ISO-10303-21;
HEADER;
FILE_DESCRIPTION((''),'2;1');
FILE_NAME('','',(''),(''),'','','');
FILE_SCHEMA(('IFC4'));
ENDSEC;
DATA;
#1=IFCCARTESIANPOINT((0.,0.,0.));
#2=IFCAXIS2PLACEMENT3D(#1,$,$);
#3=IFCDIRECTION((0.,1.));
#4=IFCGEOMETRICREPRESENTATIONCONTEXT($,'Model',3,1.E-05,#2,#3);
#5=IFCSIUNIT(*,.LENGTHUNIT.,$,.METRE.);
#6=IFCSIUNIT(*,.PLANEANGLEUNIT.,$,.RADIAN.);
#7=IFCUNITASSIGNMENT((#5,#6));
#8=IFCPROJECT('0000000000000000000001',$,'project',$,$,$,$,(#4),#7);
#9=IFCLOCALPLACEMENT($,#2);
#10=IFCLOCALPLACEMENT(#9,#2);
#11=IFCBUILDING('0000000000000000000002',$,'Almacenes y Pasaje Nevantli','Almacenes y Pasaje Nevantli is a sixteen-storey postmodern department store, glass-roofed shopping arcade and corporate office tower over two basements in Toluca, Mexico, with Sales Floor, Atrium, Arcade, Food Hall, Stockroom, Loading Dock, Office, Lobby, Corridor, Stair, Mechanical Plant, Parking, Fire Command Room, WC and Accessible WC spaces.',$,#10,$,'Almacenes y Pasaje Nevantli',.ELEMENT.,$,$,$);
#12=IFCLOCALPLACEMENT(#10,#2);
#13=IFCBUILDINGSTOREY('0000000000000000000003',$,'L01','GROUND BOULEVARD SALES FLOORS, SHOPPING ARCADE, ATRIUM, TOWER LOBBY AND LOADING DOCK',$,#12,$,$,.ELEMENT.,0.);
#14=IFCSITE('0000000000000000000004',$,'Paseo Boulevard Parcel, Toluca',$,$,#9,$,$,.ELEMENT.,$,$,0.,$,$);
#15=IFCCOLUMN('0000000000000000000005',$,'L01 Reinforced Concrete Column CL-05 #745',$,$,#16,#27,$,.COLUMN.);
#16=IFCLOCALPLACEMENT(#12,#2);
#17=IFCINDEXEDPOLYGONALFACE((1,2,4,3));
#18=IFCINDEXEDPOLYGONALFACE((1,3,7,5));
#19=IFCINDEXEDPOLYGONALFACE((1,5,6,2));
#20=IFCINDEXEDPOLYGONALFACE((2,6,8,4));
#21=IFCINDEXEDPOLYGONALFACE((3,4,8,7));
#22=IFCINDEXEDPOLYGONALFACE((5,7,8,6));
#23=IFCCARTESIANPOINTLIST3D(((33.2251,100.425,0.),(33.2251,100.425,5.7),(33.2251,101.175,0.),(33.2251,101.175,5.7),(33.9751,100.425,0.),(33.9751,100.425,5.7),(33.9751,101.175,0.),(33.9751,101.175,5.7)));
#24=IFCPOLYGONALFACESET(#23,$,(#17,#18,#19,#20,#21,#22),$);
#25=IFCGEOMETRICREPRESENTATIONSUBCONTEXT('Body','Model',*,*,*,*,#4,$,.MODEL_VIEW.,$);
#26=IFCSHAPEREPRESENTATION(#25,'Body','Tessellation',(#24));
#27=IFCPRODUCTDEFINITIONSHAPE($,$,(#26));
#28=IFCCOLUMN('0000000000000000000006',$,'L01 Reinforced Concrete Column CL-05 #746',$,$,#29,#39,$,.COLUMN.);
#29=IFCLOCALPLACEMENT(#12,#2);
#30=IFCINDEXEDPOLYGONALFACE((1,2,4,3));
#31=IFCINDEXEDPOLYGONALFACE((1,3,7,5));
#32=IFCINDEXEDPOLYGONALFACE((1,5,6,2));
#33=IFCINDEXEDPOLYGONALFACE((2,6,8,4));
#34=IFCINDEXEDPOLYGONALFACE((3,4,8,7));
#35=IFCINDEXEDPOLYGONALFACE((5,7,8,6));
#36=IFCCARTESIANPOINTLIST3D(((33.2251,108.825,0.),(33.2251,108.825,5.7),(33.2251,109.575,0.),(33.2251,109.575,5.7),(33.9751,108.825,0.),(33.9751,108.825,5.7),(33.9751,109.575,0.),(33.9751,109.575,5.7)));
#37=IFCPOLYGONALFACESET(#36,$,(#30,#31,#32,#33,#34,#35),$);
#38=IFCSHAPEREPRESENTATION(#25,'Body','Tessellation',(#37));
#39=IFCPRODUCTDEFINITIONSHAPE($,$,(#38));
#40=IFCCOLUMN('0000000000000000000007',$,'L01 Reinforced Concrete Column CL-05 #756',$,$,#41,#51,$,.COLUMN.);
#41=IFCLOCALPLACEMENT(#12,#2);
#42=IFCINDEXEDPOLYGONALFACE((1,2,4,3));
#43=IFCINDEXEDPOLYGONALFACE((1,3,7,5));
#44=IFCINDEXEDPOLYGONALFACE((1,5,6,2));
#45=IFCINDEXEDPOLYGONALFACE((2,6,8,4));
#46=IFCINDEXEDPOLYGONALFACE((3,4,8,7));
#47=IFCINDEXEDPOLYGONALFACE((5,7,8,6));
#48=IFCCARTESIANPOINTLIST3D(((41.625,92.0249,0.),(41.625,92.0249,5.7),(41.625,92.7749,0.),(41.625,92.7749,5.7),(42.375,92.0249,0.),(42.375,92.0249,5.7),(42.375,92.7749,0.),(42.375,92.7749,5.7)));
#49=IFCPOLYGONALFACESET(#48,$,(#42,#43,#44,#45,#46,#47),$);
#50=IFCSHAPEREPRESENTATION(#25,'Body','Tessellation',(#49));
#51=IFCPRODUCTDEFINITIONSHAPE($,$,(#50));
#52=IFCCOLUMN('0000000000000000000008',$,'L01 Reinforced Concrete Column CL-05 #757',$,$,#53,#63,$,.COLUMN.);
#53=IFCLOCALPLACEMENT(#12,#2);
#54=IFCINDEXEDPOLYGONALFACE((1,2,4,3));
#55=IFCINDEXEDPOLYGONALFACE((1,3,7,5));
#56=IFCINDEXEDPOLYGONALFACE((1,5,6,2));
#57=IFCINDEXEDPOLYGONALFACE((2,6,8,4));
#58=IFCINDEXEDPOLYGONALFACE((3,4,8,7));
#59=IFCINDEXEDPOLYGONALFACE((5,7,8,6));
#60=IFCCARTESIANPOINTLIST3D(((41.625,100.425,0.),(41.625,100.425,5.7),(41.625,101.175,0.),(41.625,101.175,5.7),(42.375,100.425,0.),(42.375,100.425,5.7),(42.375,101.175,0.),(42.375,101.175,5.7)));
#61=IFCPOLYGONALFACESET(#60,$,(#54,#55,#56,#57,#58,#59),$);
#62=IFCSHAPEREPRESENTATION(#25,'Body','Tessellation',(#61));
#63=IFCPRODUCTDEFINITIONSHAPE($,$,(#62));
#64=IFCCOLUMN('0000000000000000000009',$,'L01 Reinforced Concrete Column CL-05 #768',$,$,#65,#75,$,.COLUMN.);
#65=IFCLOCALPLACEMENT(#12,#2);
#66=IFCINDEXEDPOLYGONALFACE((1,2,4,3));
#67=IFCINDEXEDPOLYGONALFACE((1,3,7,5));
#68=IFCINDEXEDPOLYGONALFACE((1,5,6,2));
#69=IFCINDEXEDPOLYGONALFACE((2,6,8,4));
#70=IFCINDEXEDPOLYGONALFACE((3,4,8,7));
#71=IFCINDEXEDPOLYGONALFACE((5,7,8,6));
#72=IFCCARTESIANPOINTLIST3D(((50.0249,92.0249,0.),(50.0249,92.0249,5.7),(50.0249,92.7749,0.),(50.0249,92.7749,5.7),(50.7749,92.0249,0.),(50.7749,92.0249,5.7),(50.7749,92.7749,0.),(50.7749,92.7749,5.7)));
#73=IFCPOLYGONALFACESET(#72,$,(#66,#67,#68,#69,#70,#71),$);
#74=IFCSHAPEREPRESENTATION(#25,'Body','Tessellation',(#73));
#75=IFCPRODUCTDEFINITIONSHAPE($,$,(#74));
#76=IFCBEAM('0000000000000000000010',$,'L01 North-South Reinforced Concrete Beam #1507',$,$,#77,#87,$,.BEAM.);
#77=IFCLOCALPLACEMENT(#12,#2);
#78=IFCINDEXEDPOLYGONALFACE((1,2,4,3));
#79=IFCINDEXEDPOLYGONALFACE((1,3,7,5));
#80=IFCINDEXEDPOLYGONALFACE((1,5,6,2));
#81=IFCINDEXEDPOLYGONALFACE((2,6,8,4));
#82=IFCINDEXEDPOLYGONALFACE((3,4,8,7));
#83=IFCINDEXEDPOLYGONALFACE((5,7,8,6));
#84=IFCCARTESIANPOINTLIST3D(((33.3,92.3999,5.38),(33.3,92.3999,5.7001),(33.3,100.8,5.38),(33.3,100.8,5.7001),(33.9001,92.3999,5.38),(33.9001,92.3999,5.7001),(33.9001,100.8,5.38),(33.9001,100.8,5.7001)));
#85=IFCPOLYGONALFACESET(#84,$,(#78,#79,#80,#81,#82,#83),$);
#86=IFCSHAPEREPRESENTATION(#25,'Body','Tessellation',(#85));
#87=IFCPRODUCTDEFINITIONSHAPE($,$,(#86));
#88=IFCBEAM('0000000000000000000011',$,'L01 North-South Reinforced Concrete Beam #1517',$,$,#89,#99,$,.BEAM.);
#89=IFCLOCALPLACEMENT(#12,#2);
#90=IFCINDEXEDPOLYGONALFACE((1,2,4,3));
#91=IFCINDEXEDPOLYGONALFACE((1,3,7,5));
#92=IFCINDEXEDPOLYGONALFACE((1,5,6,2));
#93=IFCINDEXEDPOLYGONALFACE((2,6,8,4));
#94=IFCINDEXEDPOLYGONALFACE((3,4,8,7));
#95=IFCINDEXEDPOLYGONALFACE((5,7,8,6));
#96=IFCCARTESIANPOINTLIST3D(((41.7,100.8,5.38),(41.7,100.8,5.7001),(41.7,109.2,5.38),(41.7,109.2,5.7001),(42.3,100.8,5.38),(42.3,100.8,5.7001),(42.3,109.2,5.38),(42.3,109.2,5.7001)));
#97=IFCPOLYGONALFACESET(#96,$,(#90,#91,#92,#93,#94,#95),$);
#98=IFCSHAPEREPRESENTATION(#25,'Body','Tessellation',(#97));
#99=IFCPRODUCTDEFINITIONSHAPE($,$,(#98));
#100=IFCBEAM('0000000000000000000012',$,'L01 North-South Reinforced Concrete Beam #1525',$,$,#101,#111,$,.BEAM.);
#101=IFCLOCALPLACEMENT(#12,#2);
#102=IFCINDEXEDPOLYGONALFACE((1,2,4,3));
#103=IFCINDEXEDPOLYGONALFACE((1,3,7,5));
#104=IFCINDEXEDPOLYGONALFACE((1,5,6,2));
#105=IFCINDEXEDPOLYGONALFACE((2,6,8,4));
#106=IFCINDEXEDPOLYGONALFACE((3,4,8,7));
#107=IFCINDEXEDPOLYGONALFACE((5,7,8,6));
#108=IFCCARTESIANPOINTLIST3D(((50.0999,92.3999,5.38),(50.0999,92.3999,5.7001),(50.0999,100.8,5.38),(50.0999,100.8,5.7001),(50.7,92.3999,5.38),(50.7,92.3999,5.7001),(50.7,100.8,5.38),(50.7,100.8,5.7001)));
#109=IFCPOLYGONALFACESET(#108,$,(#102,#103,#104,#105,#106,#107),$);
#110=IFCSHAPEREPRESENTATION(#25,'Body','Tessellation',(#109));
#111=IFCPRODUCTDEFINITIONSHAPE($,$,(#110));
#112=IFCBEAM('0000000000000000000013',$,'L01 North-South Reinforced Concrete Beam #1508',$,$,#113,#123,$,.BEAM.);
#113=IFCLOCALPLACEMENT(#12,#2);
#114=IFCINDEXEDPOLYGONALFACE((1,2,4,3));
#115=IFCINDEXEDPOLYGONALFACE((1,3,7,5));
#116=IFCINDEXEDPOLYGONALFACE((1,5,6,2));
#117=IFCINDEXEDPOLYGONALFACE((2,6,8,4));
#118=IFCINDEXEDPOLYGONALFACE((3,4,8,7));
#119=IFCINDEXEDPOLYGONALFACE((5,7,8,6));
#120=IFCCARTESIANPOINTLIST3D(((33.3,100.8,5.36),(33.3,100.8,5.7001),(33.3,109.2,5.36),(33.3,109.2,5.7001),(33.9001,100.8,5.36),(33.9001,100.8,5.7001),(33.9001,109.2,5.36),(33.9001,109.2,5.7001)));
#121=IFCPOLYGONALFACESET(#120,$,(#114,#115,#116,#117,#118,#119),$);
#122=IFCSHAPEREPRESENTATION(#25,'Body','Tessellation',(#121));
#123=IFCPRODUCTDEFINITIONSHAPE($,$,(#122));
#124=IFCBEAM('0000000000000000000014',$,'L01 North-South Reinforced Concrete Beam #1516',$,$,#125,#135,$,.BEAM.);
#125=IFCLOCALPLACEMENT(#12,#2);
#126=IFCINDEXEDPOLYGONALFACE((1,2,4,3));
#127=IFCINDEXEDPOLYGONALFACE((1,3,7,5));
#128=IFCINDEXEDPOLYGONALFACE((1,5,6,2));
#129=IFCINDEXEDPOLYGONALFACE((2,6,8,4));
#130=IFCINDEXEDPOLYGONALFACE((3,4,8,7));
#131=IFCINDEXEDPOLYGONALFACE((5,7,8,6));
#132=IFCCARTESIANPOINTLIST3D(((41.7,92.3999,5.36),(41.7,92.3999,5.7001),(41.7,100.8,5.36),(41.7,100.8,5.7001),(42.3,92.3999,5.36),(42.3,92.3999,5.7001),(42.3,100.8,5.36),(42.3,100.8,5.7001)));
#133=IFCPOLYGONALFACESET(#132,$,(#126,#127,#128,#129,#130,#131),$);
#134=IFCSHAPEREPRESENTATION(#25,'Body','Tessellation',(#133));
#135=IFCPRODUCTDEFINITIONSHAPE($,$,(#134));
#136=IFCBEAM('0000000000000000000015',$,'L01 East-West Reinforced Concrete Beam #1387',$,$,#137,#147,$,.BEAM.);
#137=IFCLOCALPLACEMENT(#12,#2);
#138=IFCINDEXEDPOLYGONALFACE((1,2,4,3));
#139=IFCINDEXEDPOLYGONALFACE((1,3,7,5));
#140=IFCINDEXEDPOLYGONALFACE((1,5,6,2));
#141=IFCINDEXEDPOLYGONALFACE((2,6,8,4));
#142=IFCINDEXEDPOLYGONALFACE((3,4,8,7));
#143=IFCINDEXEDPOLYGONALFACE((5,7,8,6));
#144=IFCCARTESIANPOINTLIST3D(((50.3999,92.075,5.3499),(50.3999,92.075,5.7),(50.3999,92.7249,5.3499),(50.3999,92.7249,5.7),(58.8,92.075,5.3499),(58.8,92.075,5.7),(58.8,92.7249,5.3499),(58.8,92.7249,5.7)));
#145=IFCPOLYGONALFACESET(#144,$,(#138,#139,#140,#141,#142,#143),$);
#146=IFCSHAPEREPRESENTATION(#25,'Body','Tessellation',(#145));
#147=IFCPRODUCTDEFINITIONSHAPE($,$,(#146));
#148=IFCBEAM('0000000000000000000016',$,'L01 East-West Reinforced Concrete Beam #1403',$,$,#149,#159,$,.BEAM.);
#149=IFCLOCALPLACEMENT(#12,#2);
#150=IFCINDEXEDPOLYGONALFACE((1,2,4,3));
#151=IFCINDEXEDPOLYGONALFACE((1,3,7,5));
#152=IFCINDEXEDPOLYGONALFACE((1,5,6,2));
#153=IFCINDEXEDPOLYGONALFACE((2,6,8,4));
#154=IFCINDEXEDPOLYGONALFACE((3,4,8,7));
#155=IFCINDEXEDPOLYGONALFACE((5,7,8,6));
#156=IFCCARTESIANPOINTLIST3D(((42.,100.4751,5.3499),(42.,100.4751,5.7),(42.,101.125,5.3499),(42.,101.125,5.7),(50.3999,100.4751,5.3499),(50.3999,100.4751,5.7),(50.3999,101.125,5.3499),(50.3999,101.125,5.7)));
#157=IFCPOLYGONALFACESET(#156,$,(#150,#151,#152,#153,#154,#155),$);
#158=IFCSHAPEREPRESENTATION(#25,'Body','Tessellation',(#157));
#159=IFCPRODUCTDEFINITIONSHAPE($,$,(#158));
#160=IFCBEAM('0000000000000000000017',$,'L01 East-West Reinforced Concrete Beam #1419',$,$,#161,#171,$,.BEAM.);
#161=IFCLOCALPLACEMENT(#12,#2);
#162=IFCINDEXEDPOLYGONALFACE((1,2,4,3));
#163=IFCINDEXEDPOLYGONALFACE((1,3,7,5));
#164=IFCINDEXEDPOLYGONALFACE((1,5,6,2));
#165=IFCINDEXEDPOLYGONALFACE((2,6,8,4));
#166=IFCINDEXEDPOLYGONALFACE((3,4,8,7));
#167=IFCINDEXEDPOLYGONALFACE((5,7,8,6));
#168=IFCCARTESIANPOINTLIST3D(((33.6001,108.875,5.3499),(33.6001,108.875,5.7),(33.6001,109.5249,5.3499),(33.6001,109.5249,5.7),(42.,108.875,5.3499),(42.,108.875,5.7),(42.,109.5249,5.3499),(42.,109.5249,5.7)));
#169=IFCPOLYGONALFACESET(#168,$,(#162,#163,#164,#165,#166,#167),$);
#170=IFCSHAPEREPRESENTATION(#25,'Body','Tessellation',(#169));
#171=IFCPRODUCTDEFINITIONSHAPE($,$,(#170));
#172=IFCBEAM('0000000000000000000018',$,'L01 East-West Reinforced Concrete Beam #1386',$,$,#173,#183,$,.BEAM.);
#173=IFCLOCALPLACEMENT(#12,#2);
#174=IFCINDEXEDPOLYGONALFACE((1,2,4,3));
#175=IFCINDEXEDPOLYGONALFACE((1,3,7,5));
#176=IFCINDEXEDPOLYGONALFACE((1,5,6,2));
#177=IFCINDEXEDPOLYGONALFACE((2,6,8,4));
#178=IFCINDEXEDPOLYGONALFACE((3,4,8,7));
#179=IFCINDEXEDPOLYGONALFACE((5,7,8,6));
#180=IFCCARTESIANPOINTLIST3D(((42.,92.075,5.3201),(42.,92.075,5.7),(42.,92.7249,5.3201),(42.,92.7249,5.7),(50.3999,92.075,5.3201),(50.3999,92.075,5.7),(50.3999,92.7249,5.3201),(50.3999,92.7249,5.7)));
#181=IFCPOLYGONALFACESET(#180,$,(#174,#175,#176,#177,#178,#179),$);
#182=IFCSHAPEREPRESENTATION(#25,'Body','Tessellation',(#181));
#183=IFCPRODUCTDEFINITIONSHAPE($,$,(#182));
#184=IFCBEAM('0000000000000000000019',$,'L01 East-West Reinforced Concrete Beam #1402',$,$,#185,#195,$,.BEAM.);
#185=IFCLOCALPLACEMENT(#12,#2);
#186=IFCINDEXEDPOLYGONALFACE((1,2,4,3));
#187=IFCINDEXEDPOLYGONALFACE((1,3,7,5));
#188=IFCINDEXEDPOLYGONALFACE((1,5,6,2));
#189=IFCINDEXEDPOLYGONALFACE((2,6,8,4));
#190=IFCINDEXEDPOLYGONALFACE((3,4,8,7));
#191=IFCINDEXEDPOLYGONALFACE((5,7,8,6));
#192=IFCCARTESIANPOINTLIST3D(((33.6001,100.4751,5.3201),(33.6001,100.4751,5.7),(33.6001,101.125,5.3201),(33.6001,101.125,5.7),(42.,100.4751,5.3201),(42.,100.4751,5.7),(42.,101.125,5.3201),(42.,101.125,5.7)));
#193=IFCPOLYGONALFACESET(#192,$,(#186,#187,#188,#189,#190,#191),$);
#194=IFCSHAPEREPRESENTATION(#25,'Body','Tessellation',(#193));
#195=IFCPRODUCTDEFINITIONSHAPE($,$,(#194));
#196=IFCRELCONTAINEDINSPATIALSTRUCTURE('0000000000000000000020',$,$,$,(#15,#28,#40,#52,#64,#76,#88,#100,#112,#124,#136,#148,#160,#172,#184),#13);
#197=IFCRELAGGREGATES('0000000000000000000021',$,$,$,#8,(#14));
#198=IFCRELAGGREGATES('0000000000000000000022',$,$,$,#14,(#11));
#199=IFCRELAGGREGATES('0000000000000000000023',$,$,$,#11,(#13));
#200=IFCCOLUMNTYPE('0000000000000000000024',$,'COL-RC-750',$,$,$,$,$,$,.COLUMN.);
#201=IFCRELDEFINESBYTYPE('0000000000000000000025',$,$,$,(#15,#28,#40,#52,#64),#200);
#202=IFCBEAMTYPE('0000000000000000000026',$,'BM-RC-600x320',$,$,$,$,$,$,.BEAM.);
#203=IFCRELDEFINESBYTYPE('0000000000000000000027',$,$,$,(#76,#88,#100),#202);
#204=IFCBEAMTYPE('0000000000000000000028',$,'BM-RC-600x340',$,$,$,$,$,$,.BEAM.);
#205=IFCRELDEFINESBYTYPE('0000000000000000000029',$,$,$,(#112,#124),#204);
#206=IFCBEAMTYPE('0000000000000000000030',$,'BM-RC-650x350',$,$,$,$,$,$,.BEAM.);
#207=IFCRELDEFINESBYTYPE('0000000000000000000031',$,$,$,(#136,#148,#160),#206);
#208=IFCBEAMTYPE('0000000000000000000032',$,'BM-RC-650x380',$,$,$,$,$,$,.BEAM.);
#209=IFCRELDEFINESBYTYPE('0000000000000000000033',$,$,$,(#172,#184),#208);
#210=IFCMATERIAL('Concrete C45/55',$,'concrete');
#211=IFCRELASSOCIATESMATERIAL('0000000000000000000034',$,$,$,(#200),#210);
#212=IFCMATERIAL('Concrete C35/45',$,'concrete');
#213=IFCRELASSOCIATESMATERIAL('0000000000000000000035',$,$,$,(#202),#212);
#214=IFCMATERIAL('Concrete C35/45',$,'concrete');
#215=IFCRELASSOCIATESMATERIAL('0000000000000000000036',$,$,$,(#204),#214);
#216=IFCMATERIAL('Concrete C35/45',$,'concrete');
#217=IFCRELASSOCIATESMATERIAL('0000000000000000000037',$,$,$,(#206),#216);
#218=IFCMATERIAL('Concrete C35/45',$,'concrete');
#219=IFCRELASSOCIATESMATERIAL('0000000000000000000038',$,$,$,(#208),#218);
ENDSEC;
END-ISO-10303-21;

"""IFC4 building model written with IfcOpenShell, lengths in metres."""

from ifc_helpers import new_model, si_unit, direction, frame, origin, origin_2d, place, context, subcontext, project, spatial, rectangle, extrude, material, material_profile, profile_set, type_object, element, save


model = new_model("IFC4")

# Units and contexts
model_context = context("Model", 3, precision=1e-05, world=origin(), true_north=direction((0.0, 1.0)))
body_context = subcontext(model_context, "Body", "Model", "MODEL_VIEW")
ifc_project = project(units=[si_unit("LENGTHUNIT", "METRE"), si_unit("PLANEANGLEUNIT", "RADIAN")], contexts=[model_context])

# Site, building, storey
site_placement = place(None, origin())
site = spatial("IfcSite", under=ifc_project, at=site_placement, Name="Paseo Boulevard Parcel, Toluca", CompositionType="ELEMENT", RefElevation=0.0)
building_placement = place(site_placement, origin())
building = spatial("IfcBuilding", under=site, at=building_placement, Name="Almacenes y Pasaje Nevantli", Description="Almacenes y Pasaje Nevantli is a sixteen-storey postmodern department store, glass-roofed shopping arcade and corporate office tower over two basements in Toluca, Mexico, with Sales Floor, Atrium, Arcade, Food Hall, Stockroom, Loading Dock, Office, Lobby, Corridor, Stair, Mechanical Plant, Parking, Fire Command Room, WC and Accessible WC spaces.", LongName="Almacenes y Pasaje Nevantli", CompositionType="ELEMENT")
storey_placement = place(building_placement, origin())
storey = spatial("IfcBuildingStorey", under=building, at=storey_placement, Name="L01", Description="GROUND BOULEVARD SALES FLOORS, SHOPPING ARCADE, ATRIUM, TOWER LOBBY AND LOADING DOCK", CompositionType="ELEMENT", Elevation=0.0)

# Columns
ifc_material_1 = material(Name="Concrete C45/55", Category="concrete")
ifc_material_profile_1 = material_profile(ifc_material_1, rectangle(XDim=0.75, YDim=0.75, at=origin_2d()), Name="RC-COL-750x750")
ifc_profile_set_1 = profile_set([ifc_material_profile_1], Name="Concrete C45/55")
column_type = type_object("IfcColumnType", Name="COL-RC-750", PredefinedType="COLUMN", material=ifc_profile_set_1)
for number, where, z_axis, x_axis, name in (
    (1, (33.6001, 100.8, 0.0), (0.0, 0.0, 1.0), (1.0, 0.0, 0.0), "L01 Reinforced Concrete Column CL-05 #745"),
    (2, (33.6001, 109.2, 0.0), (0.0, 0.0, 1.0), (1.0, 0.0, 0.0), "L01 Reinforced Concrete Column CL-05 #746"),
    (3, (42.0, 92.3999, 0.0), (0.0, 0.0, 1.0), (1.0, 0.0, 0.0), "L01 Reinforced Concrete Column CL-05 #756"),
    (4, (42.0, 100.8, 0.0), (0.0, 0.0, 1.0), (1.0, 0.0, 0.0), "L01 Reinforced Concrete Column CL-05 #757"),
    (5, (50.3999, 92.3999, 0.0), (0.0, 0.0, 1.0), (1.0, 0.0, 0.0), "L01 Reinforced Concrete Column CL-05 #768"),
):
    element("IfcColumn", number, at=place(storey_placement, frame(where, z_axis=z_axis, x_axis=x_axis)), inside=storey, type_object=column_type, Name=name, PredefinedType="COLUMN", context=body_context, shape_type="SweptSolid", body=[
        extrude(rectangle(XDim=0.75, YDim=0.75, at=origin_2d()), origin(), (0.0, 0.0, 1.0), 5.7),
    ])

# Beams
ifc_material_2 = material(Name="Concrete C35/45", Category="concrete")
ifc_material_profile_2 = material_profile(ifc_material_2, rectangle(XDim=0.6001, YDim=0.3201, at=origin_2d()), Name="RC-BM-600x320")
ifc_profile_set_2 = profile_set([ifc_material_profile_2], Name="Concrete C35/45")
beam_type_1 = type_object("IfcBeamType", Name="BM-RC-600x320", PredefinedType="BEAM", material=ifc_profile_set_2)
beam_1_placement = place(storey_placement, frame((33.6001, 92.3999, 5.54), z_axis=(0.0, 1.0, 0.0), x_axis=(-1.0, 0.0, 0.0)))
element("IfcBeam", 6, at=beam_1_placement, inside=storey, type_object=beam_type_1, Name="L01 North-South Reinforced Concrete Beam #1507", PredefinedType="BEAM", context=body_context, shape_type="SweptSolid", body=[
    extrude(rectangle(XDim=0.6001, YDim=0.3201, at=origin_2d()), origin(), (0.0, 0.0, 1.0), 8.4001),
])
beam_2_placement = place(storey_placement, frame((42.0, 100.8, 5.54), z_axis=(0.0, 1.0, 0.0), x_axis=(-1.0, 0.0, 0.0)))
element("IfcBeam", 7, at=beam_2_placement, inside=storey, type_object=beam_type_1, Name="L01 North-South Reinforced Concrete Beam #1517", PredefinedType="BEAM", context=body_context, shape_type="SweptSolid", body=[
    extrude(rectangle(XDim=0.6001, YDim=0.3201, at=origin_2d()), origin(), (0.0, 0.0, 1.0), 8.3999),
])
beam_3_placement = place(storey_placement, frame((50.3999, 92.3999, 5.54), z_axis=(0.0, 1.0, 0.0), x_axis=(-1.0, 0.0, 0.0)))
element("IfcBeam", 8, at=beam_3_placement, inside=storey, type_object=beam_type_1, Name="L01 North-South Reinforced Concrete Beam #1525", PredefinedType="BEAM", context=body_context, shape_type="SweptSolid", body=[
    extrude(rectangle(XDim=0.6001, YDim=0.3201, at=origin_2d()), origin(), (0.0, 0.0, 1.0), 8.4001),
])
ifc_material_3 = material(Name="Concrete C35/45", Category="concrete")
ifc_material_profile_3 = material_profile(ifc_material_3, rectangle(XDim=0.6001, YDim=0.3401, at=origin_2d()), Name="RC-BM-600x340")
ifc_profile_set_3 = profile_set([ifc_material_profile_3], Name="Concrete C35/45")
beam_type_2 = type_object("IfcBeamType", Name="BM-RC-600x340", PredefinedType="BEAM", material=ifc_profile_set_3)
beam_4_placement = place(storey_placement, frame((33.6001, 100.8, 5.53), z_axis=(0.0, 1.0, 0.0), x_axis=(-1.0, 0.0, 0.0)))
element("IfcBeam", 9, at=beam_4_placement, inside=storey, type_object=beam_type_2, Name="L01 North-South Reinforced Concrete Beam #1508", PredefinedType="BEAM", context=body_context, shape_type="SweptSolid", body=[
    extrude(rectangle(XDim=0.6001, YDim=0.3401, at=origin_2d()), origin(), (0.0, 0.0, 1.0), 8.3999),
])
beam_5_placement = place(storey_placement, frame((42.0, 92.3999, 5.53), z_axis=(0.0, 1.0, 0.0), x_axis=(-1.0, 0.0, 0.0)))
element("IfcBeam", 10, at=beam_5_placement, inside=storey, type_object=beam_type_2, Name="L01 North-South Reinforced Concrete Beam #1516", PredefinedType="BEAM", context=body_context, shape_type="SweptSolid", body=[
    extrude(rectangle(XDim=0.6001, YDim=0.3401, at=origin_2d()), origin(), (0.0, 0.0, 1.0), 8.4001),
])
ifc_material_4 = material(Name="Concrete C35/45", Category="concrete")
ifc_material_profile_4 = material_profile(ifc_material_4, rectangle(XDim=0.6499, YDim=0.3501, at=origin_2d()), Name="RC-BM-650x350")
ifc_profile_set_4 = profile_set([ifc_material_profile_4], Name="Concrete C35/45")
beam_type_3 = type_object("IfcBeamType", Name="BM-RC-650x350", PredefinedType="BEAM", material=ifc_profile_set_4)
beam_6_placement = place(storey_placement, frame((50.3999, 92.3999, 5.5249), z_axis=(1.0, 0.0, 0.0), x_axis=(0.0, 1.0, 0.0)))
element("IfcBeam", 11, at=beam_6_placement, inside=storey, type_object=beam_type_3, Name="L01 East-West Reinforced Concrete Beam #1387", PredefinedType="BEAM", context=body_context, shape_type="SweptSolid", body=[
    extrude(rectangle(XDim=0.6499, YDim=0.3501, at=origin_2d()), origin(), (0.0, 0.0, 1.0), 8.4001),
])
for number, where, z_axis, x_axis, name in (
    (12, (42.0, 100.8, 5.5249), (1.0, 0.0, 0.0), (0.0, 1.0, 0.0), "L01 East-West Reinforced Concrete Beam #1403"),
    (13, (33.6001, 109.2, 5.5249), (1.0, 0.0, 0.0), (0.0, 1.0, 0.0), "L01 East-West Reinforced Concrete Beam #1419"),
):
    element("IfcBeam", number, at=place(storey_placement, frame(where, z_axis=z_axis, x_axis=x_axis)), inside=storey, type_object=beam_type_3, Name=name, PredefinedType="BEAM", context=body_context, shape_type="SweptSolid", body=[
        extrude(rectangle(XDim=0.6499, YDim=0.3501, at=origin_2d()), origin(), (0.0, 0.0, 1.0), 8.3999),
    ])
ifc_material_5 = material(Name="Concrete C35/45", Category="concrete")
ifc_material_profile_5 = material_profile(ifc_material_5, rectangle(XDim=0.6499, YDim=0.3799, at=origin_2d()), Name="RC-BM-650x380")
ifc_profile_set_5 = profile_set([ifc_material_profile_5], Name="Concrete C35/45")
beam_type_4 = type_object("IfcBeamType", Name="BM-RC-650x380", PredefinedType="BEAM", material=ifc_profile_set_5)
for number, where, z_axis, x_axis, name in (
    (14, (42.0, 92.3999, 5.51), (1.0, 0.0, 0.0), (0.0, 1.0, 0.0), "L01 East-West Reinforced Concrete Beam #1386"),
    (15, (33.6001, 100.8, 5.51), (1.0, 0.0, 0.0), (0.0, 1.0, 0.0), "L01 East-West Reinforced Concrete Beam #1402"),
):
    element("IfcBeam", number, at=place(storey_placement, frame(where, z_axis=z_axis, x_axis=x_axis)), inside=storey, type_object=beam_type_4, Name=name, PredefinedType="BEAM", context=body_context, shape_type="SweptSolid", body=[
        extrude(rectangle(XDim=0.6499, YDim=0.3799, at=origin_2d()), origin(), (0.0, 0.0, 1.0), 8.3999),
    ])

save(model, "model.ifc")
